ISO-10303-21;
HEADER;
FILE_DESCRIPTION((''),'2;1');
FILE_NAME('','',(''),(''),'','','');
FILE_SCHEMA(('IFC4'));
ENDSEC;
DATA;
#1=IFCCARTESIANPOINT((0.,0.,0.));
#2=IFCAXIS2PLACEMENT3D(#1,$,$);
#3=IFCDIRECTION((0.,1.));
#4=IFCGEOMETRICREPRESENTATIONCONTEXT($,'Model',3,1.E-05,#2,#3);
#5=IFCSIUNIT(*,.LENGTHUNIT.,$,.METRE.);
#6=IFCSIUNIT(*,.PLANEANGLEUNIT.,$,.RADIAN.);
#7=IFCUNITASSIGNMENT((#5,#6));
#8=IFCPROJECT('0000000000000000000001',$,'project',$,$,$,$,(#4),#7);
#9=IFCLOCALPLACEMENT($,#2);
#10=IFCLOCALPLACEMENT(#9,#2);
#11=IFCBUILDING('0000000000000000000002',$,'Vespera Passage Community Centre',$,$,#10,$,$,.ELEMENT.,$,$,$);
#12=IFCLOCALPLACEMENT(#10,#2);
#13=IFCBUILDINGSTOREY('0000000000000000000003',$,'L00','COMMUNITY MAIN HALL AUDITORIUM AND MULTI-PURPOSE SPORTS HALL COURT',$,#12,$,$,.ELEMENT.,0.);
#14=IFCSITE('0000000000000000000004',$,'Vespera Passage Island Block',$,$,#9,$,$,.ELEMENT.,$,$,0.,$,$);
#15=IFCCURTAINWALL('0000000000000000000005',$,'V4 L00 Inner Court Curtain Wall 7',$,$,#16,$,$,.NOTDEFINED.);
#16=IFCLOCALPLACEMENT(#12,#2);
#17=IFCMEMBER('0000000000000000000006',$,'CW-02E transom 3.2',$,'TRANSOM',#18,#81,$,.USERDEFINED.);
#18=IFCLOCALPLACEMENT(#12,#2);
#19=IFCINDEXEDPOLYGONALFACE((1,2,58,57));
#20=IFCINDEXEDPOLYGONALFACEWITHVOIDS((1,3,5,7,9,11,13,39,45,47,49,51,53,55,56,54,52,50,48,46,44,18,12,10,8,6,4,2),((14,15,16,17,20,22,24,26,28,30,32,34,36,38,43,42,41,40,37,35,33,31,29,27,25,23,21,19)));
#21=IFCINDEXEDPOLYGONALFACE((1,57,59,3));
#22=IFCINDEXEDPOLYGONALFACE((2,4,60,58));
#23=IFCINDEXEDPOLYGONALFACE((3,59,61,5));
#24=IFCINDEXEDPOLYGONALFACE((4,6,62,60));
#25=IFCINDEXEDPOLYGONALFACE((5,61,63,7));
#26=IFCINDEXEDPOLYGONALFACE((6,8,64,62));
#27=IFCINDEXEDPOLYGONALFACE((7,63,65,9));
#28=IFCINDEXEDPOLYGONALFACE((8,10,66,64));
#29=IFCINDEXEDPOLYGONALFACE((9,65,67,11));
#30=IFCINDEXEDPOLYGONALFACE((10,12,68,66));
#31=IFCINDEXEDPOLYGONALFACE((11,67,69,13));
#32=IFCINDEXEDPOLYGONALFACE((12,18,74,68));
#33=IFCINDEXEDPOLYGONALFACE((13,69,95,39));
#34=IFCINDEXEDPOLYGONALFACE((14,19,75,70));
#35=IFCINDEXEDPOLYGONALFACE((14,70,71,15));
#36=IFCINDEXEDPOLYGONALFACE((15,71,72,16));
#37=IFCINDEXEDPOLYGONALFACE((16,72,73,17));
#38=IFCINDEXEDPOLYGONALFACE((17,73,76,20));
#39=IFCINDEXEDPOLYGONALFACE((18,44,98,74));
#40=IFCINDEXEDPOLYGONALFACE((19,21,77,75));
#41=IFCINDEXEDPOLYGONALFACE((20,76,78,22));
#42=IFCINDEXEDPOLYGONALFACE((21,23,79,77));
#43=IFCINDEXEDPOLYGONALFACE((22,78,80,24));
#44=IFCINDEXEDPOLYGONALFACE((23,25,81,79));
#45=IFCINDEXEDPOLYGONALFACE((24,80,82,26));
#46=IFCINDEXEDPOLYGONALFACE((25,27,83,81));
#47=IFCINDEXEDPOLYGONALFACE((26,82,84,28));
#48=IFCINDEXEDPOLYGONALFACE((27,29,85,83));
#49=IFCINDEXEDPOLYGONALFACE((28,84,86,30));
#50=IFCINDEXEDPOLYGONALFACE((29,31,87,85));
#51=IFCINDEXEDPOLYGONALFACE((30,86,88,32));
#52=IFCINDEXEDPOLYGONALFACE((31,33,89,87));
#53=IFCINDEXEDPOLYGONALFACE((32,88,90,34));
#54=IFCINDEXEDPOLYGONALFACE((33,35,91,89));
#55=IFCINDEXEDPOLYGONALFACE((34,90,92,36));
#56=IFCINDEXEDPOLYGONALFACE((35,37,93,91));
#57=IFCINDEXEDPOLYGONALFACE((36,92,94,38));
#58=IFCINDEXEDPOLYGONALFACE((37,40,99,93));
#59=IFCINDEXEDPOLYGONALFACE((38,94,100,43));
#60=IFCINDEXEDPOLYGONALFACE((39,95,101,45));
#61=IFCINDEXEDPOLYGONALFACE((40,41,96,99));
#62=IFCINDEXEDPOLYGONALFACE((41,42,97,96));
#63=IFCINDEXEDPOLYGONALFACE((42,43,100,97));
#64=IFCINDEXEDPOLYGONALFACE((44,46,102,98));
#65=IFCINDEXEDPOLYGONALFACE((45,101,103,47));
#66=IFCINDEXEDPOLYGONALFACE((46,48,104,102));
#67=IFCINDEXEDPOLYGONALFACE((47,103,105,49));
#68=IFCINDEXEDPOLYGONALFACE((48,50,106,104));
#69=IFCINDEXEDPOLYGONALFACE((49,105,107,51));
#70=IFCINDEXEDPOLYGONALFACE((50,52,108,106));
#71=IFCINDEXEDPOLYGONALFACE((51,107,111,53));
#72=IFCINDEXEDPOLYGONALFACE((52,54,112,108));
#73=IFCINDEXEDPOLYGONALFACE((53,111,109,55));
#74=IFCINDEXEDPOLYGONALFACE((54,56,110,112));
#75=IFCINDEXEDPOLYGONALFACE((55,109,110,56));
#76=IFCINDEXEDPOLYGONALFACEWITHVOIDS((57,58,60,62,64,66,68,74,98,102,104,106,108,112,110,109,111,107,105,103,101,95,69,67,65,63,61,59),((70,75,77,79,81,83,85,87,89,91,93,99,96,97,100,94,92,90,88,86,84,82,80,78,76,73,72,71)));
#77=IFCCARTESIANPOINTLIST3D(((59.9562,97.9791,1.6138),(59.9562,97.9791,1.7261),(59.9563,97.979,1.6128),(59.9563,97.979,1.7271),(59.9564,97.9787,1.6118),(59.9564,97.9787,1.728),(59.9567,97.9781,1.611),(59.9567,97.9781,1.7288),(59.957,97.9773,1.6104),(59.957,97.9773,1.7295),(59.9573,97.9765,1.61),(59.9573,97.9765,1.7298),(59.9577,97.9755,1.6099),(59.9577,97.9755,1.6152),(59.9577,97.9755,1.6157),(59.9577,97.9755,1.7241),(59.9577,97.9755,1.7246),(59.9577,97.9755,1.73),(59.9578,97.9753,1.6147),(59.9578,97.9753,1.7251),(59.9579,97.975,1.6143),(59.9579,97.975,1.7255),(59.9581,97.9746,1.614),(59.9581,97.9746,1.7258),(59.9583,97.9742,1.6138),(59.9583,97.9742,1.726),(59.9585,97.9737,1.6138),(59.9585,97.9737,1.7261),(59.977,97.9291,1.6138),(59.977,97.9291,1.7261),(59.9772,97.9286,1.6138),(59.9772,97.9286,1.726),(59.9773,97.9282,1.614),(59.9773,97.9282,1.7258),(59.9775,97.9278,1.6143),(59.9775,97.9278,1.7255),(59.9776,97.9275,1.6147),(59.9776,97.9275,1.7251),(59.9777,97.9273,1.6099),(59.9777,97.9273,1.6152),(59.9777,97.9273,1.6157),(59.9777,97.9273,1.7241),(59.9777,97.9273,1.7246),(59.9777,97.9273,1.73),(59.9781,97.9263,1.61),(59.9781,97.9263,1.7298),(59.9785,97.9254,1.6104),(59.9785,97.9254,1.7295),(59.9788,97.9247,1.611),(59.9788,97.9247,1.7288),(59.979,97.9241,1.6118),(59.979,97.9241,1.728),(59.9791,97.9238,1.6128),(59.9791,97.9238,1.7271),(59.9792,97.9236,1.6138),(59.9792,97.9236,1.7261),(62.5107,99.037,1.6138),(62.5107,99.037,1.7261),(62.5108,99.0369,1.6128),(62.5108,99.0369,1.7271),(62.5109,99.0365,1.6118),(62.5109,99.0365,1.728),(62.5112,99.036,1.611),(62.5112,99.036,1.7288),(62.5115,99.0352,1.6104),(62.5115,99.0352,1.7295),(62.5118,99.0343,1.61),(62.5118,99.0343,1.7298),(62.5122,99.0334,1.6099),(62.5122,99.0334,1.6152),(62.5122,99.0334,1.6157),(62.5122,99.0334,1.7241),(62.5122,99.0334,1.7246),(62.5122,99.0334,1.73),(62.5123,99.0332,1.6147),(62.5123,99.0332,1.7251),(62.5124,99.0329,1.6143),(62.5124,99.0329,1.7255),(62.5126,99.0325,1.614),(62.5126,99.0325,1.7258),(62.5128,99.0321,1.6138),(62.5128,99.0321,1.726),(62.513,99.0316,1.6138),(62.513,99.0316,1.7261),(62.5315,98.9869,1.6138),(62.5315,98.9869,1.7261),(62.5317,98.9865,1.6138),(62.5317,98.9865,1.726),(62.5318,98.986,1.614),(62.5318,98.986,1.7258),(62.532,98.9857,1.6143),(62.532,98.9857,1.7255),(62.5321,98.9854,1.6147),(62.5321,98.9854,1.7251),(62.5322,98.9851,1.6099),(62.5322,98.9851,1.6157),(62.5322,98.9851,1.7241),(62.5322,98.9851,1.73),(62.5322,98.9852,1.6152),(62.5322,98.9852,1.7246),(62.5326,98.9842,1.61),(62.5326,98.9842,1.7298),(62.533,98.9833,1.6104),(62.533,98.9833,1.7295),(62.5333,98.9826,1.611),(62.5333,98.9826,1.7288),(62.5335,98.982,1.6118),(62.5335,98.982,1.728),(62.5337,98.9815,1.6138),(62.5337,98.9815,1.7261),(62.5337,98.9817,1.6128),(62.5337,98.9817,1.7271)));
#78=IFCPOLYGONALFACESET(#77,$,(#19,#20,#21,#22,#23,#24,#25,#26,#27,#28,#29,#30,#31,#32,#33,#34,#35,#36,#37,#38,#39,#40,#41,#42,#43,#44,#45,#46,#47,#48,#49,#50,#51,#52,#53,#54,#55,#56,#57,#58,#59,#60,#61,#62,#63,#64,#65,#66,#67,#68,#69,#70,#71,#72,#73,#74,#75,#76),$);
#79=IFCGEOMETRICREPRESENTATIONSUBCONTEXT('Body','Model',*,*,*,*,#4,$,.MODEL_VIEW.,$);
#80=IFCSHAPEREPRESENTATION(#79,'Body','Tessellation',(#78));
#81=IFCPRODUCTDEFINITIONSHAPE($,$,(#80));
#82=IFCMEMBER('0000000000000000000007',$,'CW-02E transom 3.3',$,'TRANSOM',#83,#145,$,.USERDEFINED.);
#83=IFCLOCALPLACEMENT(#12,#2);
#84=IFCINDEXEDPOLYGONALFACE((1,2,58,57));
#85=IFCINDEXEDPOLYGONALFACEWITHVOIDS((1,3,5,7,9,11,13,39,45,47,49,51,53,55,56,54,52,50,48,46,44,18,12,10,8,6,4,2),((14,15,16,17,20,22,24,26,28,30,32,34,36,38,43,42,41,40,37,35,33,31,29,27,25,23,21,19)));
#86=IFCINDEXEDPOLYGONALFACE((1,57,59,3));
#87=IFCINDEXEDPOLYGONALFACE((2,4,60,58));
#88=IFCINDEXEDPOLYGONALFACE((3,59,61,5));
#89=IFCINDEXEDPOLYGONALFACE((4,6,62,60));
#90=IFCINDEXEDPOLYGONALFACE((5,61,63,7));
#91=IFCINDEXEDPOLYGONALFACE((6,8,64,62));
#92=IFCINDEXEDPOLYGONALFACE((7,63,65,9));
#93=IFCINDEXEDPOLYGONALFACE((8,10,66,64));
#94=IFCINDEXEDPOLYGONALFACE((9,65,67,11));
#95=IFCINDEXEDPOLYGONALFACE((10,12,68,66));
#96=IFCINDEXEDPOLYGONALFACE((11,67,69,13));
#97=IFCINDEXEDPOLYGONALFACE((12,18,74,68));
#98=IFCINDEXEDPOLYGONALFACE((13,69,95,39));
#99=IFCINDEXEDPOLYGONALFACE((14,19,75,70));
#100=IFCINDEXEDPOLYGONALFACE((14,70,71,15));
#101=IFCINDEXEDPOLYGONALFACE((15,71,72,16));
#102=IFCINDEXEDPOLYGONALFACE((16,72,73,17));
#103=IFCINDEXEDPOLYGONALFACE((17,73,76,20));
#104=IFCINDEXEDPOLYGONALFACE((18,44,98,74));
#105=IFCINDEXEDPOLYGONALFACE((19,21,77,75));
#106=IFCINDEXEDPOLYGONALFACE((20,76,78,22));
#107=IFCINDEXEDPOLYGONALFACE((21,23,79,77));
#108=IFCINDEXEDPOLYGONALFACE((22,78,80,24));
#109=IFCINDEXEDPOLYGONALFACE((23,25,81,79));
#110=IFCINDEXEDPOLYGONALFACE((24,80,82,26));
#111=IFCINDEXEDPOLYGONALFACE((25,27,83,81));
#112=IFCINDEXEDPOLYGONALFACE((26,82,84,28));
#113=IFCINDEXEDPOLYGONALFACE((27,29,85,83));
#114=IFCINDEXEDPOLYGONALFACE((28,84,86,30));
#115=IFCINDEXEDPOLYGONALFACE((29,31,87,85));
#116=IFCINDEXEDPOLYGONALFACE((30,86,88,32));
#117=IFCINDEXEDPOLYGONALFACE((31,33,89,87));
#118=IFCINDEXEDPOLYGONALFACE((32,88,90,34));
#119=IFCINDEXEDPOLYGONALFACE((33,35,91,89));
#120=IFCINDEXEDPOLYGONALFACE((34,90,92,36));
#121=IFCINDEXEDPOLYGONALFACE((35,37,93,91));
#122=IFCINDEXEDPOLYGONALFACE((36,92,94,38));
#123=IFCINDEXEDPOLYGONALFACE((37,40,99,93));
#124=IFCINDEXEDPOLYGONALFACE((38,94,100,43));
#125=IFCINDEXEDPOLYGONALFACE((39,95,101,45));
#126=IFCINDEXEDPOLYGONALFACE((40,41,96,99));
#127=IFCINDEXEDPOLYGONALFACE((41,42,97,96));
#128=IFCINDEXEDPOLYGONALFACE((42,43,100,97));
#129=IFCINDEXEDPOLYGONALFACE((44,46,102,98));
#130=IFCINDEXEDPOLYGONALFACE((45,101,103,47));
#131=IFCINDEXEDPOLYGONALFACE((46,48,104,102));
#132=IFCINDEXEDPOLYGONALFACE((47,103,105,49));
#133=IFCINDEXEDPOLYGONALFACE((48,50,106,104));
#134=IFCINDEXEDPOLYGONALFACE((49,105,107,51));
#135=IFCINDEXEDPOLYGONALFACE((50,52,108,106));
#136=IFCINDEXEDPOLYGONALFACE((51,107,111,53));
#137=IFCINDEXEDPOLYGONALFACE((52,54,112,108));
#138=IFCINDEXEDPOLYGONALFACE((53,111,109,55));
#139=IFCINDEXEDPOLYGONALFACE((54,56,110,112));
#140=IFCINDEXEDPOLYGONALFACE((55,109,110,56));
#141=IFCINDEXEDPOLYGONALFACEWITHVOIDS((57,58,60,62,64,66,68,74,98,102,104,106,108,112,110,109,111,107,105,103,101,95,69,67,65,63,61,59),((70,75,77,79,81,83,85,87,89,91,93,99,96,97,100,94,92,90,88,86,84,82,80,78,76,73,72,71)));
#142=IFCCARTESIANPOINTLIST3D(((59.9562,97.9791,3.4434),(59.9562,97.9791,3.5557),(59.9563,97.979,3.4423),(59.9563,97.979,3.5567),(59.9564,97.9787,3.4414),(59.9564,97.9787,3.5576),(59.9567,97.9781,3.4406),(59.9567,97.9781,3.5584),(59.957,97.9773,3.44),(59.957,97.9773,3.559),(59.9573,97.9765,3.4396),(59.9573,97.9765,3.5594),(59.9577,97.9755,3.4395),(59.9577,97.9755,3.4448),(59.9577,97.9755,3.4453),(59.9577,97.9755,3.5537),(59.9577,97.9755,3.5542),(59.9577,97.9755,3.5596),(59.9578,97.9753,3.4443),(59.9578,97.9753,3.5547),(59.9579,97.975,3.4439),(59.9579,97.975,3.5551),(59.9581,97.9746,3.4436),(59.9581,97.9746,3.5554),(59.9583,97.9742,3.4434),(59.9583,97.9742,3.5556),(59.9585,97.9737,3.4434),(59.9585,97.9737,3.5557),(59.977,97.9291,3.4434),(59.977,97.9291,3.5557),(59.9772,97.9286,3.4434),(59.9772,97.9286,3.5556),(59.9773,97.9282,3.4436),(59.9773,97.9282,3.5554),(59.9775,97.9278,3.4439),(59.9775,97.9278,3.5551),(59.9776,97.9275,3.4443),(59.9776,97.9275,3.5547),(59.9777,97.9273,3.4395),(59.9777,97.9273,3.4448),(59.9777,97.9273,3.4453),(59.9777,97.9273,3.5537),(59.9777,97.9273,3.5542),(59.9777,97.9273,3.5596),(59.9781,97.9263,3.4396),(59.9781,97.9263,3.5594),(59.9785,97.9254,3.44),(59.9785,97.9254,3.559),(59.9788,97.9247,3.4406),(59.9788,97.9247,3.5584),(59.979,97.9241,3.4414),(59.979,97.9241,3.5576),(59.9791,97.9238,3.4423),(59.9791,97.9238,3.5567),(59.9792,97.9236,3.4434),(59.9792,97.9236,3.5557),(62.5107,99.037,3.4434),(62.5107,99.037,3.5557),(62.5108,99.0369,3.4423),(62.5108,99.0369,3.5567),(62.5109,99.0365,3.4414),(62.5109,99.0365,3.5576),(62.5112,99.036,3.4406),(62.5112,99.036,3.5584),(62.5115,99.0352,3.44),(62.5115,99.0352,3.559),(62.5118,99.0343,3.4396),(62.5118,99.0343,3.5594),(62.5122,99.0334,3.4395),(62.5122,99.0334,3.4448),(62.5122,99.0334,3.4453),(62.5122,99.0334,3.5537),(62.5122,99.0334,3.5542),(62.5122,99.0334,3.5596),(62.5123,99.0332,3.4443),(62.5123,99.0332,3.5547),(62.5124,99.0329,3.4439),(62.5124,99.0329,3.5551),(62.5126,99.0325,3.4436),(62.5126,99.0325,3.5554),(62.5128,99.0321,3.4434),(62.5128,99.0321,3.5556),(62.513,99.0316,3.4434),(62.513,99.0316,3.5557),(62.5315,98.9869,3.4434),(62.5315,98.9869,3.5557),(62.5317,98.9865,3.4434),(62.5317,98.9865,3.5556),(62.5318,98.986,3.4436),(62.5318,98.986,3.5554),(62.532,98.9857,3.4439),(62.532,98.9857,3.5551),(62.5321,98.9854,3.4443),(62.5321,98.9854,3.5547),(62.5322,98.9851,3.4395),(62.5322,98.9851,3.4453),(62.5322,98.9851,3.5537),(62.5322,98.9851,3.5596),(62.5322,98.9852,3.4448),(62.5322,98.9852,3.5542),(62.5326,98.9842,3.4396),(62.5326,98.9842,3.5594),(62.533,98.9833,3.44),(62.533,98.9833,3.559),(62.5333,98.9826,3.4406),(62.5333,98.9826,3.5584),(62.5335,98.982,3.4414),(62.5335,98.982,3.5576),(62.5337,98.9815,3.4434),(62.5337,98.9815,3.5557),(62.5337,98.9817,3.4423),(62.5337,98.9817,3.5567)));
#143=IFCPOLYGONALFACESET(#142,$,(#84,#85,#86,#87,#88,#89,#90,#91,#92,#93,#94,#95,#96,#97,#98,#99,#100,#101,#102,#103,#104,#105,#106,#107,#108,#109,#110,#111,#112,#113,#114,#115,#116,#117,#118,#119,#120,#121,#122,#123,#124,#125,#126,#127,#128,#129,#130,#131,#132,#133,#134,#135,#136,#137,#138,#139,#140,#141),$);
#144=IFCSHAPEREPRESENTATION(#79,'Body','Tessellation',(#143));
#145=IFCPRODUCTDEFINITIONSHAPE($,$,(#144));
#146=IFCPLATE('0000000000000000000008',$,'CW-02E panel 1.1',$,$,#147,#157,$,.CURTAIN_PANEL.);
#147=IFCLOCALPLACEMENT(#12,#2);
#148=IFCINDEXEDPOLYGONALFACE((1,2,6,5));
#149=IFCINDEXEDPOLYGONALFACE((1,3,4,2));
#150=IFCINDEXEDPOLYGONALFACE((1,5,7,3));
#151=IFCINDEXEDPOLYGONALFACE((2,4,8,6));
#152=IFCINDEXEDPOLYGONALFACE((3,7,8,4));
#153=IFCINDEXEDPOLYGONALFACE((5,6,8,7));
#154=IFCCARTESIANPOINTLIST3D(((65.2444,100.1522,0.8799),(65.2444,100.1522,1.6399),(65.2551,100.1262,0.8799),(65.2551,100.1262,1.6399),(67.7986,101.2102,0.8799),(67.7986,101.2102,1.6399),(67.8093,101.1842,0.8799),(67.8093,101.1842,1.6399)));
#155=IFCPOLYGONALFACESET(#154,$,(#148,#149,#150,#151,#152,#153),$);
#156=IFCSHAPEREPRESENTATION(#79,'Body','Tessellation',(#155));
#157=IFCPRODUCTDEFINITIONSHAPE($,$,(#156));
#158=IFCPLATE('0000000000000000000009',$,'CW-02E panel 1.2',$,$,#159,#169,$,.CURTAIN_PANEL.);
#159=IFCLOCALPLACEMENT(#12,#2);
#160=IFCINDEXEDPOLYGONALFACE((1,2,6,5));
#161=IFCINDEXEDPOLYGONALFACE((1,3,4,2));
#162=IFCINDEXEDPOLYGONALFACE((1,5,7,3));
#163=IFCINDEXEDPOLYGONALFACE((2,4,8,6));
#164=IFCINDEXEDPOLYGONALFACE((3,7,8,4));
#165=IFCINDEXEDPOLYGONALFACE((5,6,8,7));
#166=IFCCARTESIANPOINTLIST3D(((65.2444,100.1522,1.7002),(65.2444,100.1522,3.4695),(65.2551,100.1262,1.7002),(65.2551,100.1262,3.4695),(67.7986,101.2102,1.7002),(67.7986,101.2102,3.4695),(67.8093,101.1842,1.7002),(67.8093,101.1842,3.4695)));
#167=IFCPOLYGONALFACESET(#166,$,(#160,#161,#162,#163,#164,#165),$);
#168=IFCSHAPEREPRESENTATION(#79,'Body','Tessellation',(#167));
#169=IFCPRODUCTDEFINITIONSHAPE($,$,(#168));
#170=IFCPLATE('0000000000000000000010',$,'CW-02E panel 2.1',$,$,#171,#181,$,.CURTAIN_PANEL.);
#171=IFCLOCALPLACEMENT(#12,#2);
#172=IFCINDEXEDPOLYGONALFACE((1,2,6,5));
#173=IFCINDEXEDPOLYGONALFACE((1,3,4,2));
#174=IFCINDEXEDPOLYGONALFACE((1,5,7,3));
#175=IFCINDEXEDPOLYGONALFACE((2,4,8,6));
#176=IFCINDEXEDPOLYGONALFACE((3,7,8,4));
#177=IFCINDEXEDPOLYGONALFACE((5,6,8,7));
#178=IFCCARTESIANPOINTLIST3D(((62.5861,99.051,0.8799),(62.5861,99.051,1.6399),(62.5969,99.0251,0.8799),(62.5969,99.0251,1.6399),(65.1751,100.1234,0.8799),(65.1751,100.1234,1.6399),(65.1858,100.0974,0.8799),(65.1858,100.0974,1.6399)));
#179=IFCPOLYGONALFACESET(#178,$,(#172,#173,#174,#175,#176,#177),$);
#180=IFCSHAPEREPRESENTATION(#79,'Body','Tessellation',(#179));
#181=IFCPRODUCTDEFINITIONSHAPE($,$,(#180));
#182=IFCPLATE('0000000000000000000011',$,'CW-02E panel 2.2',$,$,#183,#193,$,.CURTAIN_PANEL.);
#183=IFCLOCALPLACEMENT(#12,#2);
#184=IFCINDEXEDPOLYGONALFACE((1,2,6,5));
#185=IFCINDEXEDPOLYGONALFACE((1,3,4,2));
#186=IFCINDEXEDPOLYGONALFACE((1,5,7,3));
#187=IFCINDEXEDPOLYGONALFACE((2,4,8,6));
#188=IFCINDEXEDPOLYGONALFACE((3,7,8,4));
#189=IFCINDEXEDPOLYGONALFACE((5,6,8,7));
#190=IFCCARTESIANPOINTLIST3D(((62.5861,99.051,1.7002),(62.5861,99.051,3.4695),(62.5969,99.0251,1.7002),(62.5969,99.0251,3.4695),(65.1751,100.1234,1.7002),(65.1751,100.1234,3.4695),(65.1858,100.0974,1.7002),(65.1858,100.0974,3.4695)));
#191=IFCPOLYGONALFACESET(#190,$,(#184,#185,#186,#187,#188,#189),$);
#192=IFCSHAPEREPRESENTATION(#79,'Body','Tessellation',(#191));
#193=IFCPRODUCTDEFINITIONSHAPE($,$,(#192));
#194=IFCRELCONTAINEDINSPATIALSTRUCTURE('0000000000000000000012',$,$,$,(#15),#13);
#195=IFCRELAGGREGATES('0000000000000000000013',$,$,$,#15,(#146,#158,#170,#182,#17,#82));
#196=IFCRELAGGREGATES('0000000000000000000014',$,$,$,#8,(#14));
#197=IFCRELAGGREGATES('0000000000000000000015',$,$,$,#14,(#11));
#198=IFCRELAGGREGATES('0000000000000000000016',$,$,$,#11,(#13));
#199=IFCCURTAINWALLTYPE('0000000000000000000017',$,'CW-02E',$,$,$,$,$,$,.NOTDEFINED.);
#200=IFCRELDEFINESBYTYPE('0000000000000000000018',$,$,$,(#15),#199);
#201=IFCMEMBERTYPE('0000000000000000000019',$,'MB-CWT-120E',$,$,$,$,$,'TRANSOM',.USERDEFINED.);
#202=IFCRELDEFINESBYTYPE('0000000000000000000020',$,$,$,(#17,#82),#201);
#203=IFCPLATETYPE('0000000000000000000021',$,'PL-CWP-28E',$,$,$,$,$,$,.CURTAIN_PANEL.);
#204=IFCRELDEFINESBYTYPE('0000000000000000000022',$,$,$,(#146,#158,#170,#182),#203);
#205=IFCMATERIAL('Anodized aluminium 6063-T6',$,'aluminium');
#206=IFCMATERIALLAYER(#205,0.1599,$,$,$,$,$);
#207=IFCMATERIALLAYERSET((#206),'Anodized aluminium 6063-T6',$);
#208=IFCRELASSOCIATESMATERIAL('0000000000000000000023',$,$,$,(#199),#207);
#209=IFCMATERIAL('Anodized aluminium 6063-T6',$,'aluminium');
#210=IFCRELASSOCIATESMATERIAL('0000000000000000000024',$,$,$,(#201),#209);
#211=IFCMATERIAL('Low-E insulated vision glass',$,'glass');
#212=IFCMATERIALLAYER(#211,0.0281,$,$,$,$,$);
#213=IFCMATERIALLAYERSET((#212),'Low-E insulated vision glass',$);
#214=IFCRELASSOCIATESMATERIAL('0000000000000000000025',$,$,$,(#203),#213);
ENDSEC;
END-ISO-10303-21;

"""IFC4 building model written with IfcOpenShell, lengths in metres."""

from ifc_helpers import new_model, si_unit, direction, frame, origin, origin_2d, place, context, subcontext, project, spatial, rectangle, hollow_rectangle, extrude, material, layer, layer_set, material_profile, profile_set, type_object, element, aggregate, save


model = new_model("IFC4")

# Units and contexts
model_context = context("Model", 3, precision=1e-05, world=origin(), true_north=direction((0.0, 1.0)))
body_context = subcontext(model_context, "Body", "Model", "MODEL_VIEW")
ifc_project = project(units=[si_unit("LENGTHUNIT", "METRE"), si_unit("PLANEANGLEUNIT", "RADIAN")], contexts=[model_context])

# Site, building, storey
site_placement = place(None, origin())
site = spatial("IfcSite", under=ifc_project, at=site_placement, Name="Vespera Passage Island Block", CompositionType="ELEMENT", RefElevation=0.0)
building_placement = place(site_placement, origin())
building = spatial("IfcBuilding", under=site, at=building_placement, Name="Vespera Passage Community Centre", CompositionType="ELEMENT")
storey_placement = place(building_placement, origin())
storey = spatial("IfcBuildingStorey", under=building, at=storey_placement, Name="L00", Description="COMMUNITY MAIN HALL AUDITORIUM AND MULTI-PURPOSE SPORTS HALL COURT", CompositionType="ELEMENT", Elevation=0.0)

# Curtain wall
ifc_material_1 = material(Name="Anodized aluminium 6063-T6", Category="aluminium")
ifc_layer_1 = layer(ifc_material_1, 0.1599)
ifc_layer_set_1 = layer_set([ifc_layer_1], Name="Anodized aluminium 6063-T6")
curtain_wall_type_1 = type_object("IfcCurtainWallType", Name="CW-02E", PredefinedType="NOTDEFINED", material=ifc_layer_set_1)
curtain_wall_1_placement = place(storey_placement, origin())
curtain_wall_1 = element("IfcCurtainWall", 1, at=curtain_wall_1_placement, inside=storey, type_object=curtain_wall_type_1, Name="V4 L00 Inner Court Curtain Wall 7", PredefinedType="NOTDEFINED")

# Members
ifc_material_2 = material(Name="Anodized aluminium 6063-T6", Category="aluminium")
ifc_material_profile_1 = material_profile(ifc_material_2, hollow_rectangle(XDim=0.0601, YDim=0.1201, WallThickness=0.0039, InnerFilletRadius=0.002, OuterFilletRadius=0.0039, at=origin_2d()), Name="ALU120X60X4")
ifc_profile_set_1 = profile_set([ifc_material_profile_1], Name="Anodized aluminium 6063-T6")
member_type_1 = type_object("IfcMemberType", Name="MB-CWT-120E", ElementType="TRANSOM", PredefinedType="USERDEFINED", material=ifc_profile_set_1)
member_1_placement = place(storey_placement, frame((62.5222, 99.0093, 1.6699), z_axis=(-0.923908, -0.382614, 0.0), x_axis=(0.382614, -0.923908, 0.0)))
member_1 = element("IfcMember", 2, at=member_1_placement, type_object=member_type_1, Name="CW-02E transom 3.2", ObjectType="TRANSOM", PredefinedType="USERDEFINED", context=body_context, shape_type="SweptSolid", body=[
    extrude(hollow_rectangle(XDim=0.0601, YDim=0.1201, WallThickness=0.0039, InnerFilletRadius=0.002, OuterFilletRadius=0.0039, at=origin_2d()), origin(), (0.0, 0.0, 1.0), 2.7649),
])
member_2_placement = place(storey_placement, frame((62.5222, 99.0093, 3.4995), z_axis=(-0.923908, -0.382614, 0.0), x_axis=(0.382614, -0.923908, 0.0)))
member_2 = element("IfcMember", 3, at=member_2_placement, type_object=member_type_1, Name="CW-02E transom 3.3", ObjectType="TRANSOM", PredefinedType="USERDEFINED", context=body_context, shape_type="SweptSolid", body=[
    extrude(hollow_rectangle(XDim=0.0601, YDim=0.1201, WallThickness=0.0039, InnerFilletRadius=0.002, OuterFilletRadius=0.0039, at=origin_2d()), origin(), (0.0, 0.0, 1.0), 2.7649),
])

# Plates
ifc_material_3 = material(Name="Low-E insulated vision glass", Category="glass")
ifc_layer_2 = layer(ifc_material_3, 0.0281)
ifc_layer_set_2 = layer_set([ifc_layer_2], Name="Low-E insulated vision glass")
plate_type = type_object("IfcPlateType", Name="PL-CWP-28E", PredefinedType="CURTAIN_PANEL", material=ifc_layer_set_2)
plate_1_placement = place(storey_placement, frame((66.5269, 100.6682, 0.8799), z_axis=(0.0, 0.0, 1.0), x_axis=(-0.923877, -0.38269, 0.0)))
plate_1 = element("IfcPlate", 4, at=plate_1_placement, type_object=plate_type, Name="CW-02E panel 1.1", PredefinedType="CURTAIN_PANEL", context=body_context, shape_type="SweptSolid", body=[
    extrude(rectangle(XDim=2.7646, YDim=0.0281, at=origin_2d()), origin(), (0.0, 0.0, 1.0), 0.76),
])
plate_2_placement = place(storey_placement, frame((66.5269, 100.6682, 1.7002), z_axis=(0.0, 0.0, 1.0), x_axis=(-0.923877, -0.38269, 0.0)))
plate_2 = element("IfcPlate", 5, at=plate_2_placement, type_object=plate_type, Name="CW-02E panel 1.2", PredefinedType="CURTAIN_PANEL", context=body_context, shape_type="SweptSolid", body=[
    extrude(rectangle(XDim=2.7646, YDim=0.0281, at=origin_2d()), origin(), (0.0, 0.0, 1.0), 1.7693),
])
plate_3_placement = place(storey_placement, frame((63.886, 99.5742, 0.8799), z_axis=(0.0, 0.0, 1.0), x_axis=(-0.923877, -0.38269, 0.0)))
plate_3 = element("IfcPlate", 6, at=plate_3_placement, type_object=plate_type, Name="CW-02E panel 2.1", PredefinedType="CURTAIN_PANEL", context=body_context, shape_type="SweptSolid", body=[
    extrude(rectangle(XDim=2.8022, YDim=0.0281, at=origin_2d()), origin(), (0.0, 0.0, 1.0), 0.76),
])
plate_4_placement = place(storey_placement, frame((63.886, 99.5742, 1.7002), z_axis=(0.0, 0.0, 1.0), x_axis=(-0.923877, -0.38269, 0.0)))
plate_4 = element("IfcPlate", 7, at=plate_4_placement, type_object=plate_type, Name="CW-02E panel 2.2", PredefinedType="CURTAIN_PANEL", context=body_context, shape_type="SweptSolid", body=[
    extrude(rectangle(XDim=2.8022, YDim=0.0281, at=origin_2d()), origin(), (0.0, 0.0, 1.0), 1.7693),
])
aggregate(curtain_wall_1, [plate_1, plate_2, plate_3, plate_4, member_1, member_2])

save(model, "model.ifc")
